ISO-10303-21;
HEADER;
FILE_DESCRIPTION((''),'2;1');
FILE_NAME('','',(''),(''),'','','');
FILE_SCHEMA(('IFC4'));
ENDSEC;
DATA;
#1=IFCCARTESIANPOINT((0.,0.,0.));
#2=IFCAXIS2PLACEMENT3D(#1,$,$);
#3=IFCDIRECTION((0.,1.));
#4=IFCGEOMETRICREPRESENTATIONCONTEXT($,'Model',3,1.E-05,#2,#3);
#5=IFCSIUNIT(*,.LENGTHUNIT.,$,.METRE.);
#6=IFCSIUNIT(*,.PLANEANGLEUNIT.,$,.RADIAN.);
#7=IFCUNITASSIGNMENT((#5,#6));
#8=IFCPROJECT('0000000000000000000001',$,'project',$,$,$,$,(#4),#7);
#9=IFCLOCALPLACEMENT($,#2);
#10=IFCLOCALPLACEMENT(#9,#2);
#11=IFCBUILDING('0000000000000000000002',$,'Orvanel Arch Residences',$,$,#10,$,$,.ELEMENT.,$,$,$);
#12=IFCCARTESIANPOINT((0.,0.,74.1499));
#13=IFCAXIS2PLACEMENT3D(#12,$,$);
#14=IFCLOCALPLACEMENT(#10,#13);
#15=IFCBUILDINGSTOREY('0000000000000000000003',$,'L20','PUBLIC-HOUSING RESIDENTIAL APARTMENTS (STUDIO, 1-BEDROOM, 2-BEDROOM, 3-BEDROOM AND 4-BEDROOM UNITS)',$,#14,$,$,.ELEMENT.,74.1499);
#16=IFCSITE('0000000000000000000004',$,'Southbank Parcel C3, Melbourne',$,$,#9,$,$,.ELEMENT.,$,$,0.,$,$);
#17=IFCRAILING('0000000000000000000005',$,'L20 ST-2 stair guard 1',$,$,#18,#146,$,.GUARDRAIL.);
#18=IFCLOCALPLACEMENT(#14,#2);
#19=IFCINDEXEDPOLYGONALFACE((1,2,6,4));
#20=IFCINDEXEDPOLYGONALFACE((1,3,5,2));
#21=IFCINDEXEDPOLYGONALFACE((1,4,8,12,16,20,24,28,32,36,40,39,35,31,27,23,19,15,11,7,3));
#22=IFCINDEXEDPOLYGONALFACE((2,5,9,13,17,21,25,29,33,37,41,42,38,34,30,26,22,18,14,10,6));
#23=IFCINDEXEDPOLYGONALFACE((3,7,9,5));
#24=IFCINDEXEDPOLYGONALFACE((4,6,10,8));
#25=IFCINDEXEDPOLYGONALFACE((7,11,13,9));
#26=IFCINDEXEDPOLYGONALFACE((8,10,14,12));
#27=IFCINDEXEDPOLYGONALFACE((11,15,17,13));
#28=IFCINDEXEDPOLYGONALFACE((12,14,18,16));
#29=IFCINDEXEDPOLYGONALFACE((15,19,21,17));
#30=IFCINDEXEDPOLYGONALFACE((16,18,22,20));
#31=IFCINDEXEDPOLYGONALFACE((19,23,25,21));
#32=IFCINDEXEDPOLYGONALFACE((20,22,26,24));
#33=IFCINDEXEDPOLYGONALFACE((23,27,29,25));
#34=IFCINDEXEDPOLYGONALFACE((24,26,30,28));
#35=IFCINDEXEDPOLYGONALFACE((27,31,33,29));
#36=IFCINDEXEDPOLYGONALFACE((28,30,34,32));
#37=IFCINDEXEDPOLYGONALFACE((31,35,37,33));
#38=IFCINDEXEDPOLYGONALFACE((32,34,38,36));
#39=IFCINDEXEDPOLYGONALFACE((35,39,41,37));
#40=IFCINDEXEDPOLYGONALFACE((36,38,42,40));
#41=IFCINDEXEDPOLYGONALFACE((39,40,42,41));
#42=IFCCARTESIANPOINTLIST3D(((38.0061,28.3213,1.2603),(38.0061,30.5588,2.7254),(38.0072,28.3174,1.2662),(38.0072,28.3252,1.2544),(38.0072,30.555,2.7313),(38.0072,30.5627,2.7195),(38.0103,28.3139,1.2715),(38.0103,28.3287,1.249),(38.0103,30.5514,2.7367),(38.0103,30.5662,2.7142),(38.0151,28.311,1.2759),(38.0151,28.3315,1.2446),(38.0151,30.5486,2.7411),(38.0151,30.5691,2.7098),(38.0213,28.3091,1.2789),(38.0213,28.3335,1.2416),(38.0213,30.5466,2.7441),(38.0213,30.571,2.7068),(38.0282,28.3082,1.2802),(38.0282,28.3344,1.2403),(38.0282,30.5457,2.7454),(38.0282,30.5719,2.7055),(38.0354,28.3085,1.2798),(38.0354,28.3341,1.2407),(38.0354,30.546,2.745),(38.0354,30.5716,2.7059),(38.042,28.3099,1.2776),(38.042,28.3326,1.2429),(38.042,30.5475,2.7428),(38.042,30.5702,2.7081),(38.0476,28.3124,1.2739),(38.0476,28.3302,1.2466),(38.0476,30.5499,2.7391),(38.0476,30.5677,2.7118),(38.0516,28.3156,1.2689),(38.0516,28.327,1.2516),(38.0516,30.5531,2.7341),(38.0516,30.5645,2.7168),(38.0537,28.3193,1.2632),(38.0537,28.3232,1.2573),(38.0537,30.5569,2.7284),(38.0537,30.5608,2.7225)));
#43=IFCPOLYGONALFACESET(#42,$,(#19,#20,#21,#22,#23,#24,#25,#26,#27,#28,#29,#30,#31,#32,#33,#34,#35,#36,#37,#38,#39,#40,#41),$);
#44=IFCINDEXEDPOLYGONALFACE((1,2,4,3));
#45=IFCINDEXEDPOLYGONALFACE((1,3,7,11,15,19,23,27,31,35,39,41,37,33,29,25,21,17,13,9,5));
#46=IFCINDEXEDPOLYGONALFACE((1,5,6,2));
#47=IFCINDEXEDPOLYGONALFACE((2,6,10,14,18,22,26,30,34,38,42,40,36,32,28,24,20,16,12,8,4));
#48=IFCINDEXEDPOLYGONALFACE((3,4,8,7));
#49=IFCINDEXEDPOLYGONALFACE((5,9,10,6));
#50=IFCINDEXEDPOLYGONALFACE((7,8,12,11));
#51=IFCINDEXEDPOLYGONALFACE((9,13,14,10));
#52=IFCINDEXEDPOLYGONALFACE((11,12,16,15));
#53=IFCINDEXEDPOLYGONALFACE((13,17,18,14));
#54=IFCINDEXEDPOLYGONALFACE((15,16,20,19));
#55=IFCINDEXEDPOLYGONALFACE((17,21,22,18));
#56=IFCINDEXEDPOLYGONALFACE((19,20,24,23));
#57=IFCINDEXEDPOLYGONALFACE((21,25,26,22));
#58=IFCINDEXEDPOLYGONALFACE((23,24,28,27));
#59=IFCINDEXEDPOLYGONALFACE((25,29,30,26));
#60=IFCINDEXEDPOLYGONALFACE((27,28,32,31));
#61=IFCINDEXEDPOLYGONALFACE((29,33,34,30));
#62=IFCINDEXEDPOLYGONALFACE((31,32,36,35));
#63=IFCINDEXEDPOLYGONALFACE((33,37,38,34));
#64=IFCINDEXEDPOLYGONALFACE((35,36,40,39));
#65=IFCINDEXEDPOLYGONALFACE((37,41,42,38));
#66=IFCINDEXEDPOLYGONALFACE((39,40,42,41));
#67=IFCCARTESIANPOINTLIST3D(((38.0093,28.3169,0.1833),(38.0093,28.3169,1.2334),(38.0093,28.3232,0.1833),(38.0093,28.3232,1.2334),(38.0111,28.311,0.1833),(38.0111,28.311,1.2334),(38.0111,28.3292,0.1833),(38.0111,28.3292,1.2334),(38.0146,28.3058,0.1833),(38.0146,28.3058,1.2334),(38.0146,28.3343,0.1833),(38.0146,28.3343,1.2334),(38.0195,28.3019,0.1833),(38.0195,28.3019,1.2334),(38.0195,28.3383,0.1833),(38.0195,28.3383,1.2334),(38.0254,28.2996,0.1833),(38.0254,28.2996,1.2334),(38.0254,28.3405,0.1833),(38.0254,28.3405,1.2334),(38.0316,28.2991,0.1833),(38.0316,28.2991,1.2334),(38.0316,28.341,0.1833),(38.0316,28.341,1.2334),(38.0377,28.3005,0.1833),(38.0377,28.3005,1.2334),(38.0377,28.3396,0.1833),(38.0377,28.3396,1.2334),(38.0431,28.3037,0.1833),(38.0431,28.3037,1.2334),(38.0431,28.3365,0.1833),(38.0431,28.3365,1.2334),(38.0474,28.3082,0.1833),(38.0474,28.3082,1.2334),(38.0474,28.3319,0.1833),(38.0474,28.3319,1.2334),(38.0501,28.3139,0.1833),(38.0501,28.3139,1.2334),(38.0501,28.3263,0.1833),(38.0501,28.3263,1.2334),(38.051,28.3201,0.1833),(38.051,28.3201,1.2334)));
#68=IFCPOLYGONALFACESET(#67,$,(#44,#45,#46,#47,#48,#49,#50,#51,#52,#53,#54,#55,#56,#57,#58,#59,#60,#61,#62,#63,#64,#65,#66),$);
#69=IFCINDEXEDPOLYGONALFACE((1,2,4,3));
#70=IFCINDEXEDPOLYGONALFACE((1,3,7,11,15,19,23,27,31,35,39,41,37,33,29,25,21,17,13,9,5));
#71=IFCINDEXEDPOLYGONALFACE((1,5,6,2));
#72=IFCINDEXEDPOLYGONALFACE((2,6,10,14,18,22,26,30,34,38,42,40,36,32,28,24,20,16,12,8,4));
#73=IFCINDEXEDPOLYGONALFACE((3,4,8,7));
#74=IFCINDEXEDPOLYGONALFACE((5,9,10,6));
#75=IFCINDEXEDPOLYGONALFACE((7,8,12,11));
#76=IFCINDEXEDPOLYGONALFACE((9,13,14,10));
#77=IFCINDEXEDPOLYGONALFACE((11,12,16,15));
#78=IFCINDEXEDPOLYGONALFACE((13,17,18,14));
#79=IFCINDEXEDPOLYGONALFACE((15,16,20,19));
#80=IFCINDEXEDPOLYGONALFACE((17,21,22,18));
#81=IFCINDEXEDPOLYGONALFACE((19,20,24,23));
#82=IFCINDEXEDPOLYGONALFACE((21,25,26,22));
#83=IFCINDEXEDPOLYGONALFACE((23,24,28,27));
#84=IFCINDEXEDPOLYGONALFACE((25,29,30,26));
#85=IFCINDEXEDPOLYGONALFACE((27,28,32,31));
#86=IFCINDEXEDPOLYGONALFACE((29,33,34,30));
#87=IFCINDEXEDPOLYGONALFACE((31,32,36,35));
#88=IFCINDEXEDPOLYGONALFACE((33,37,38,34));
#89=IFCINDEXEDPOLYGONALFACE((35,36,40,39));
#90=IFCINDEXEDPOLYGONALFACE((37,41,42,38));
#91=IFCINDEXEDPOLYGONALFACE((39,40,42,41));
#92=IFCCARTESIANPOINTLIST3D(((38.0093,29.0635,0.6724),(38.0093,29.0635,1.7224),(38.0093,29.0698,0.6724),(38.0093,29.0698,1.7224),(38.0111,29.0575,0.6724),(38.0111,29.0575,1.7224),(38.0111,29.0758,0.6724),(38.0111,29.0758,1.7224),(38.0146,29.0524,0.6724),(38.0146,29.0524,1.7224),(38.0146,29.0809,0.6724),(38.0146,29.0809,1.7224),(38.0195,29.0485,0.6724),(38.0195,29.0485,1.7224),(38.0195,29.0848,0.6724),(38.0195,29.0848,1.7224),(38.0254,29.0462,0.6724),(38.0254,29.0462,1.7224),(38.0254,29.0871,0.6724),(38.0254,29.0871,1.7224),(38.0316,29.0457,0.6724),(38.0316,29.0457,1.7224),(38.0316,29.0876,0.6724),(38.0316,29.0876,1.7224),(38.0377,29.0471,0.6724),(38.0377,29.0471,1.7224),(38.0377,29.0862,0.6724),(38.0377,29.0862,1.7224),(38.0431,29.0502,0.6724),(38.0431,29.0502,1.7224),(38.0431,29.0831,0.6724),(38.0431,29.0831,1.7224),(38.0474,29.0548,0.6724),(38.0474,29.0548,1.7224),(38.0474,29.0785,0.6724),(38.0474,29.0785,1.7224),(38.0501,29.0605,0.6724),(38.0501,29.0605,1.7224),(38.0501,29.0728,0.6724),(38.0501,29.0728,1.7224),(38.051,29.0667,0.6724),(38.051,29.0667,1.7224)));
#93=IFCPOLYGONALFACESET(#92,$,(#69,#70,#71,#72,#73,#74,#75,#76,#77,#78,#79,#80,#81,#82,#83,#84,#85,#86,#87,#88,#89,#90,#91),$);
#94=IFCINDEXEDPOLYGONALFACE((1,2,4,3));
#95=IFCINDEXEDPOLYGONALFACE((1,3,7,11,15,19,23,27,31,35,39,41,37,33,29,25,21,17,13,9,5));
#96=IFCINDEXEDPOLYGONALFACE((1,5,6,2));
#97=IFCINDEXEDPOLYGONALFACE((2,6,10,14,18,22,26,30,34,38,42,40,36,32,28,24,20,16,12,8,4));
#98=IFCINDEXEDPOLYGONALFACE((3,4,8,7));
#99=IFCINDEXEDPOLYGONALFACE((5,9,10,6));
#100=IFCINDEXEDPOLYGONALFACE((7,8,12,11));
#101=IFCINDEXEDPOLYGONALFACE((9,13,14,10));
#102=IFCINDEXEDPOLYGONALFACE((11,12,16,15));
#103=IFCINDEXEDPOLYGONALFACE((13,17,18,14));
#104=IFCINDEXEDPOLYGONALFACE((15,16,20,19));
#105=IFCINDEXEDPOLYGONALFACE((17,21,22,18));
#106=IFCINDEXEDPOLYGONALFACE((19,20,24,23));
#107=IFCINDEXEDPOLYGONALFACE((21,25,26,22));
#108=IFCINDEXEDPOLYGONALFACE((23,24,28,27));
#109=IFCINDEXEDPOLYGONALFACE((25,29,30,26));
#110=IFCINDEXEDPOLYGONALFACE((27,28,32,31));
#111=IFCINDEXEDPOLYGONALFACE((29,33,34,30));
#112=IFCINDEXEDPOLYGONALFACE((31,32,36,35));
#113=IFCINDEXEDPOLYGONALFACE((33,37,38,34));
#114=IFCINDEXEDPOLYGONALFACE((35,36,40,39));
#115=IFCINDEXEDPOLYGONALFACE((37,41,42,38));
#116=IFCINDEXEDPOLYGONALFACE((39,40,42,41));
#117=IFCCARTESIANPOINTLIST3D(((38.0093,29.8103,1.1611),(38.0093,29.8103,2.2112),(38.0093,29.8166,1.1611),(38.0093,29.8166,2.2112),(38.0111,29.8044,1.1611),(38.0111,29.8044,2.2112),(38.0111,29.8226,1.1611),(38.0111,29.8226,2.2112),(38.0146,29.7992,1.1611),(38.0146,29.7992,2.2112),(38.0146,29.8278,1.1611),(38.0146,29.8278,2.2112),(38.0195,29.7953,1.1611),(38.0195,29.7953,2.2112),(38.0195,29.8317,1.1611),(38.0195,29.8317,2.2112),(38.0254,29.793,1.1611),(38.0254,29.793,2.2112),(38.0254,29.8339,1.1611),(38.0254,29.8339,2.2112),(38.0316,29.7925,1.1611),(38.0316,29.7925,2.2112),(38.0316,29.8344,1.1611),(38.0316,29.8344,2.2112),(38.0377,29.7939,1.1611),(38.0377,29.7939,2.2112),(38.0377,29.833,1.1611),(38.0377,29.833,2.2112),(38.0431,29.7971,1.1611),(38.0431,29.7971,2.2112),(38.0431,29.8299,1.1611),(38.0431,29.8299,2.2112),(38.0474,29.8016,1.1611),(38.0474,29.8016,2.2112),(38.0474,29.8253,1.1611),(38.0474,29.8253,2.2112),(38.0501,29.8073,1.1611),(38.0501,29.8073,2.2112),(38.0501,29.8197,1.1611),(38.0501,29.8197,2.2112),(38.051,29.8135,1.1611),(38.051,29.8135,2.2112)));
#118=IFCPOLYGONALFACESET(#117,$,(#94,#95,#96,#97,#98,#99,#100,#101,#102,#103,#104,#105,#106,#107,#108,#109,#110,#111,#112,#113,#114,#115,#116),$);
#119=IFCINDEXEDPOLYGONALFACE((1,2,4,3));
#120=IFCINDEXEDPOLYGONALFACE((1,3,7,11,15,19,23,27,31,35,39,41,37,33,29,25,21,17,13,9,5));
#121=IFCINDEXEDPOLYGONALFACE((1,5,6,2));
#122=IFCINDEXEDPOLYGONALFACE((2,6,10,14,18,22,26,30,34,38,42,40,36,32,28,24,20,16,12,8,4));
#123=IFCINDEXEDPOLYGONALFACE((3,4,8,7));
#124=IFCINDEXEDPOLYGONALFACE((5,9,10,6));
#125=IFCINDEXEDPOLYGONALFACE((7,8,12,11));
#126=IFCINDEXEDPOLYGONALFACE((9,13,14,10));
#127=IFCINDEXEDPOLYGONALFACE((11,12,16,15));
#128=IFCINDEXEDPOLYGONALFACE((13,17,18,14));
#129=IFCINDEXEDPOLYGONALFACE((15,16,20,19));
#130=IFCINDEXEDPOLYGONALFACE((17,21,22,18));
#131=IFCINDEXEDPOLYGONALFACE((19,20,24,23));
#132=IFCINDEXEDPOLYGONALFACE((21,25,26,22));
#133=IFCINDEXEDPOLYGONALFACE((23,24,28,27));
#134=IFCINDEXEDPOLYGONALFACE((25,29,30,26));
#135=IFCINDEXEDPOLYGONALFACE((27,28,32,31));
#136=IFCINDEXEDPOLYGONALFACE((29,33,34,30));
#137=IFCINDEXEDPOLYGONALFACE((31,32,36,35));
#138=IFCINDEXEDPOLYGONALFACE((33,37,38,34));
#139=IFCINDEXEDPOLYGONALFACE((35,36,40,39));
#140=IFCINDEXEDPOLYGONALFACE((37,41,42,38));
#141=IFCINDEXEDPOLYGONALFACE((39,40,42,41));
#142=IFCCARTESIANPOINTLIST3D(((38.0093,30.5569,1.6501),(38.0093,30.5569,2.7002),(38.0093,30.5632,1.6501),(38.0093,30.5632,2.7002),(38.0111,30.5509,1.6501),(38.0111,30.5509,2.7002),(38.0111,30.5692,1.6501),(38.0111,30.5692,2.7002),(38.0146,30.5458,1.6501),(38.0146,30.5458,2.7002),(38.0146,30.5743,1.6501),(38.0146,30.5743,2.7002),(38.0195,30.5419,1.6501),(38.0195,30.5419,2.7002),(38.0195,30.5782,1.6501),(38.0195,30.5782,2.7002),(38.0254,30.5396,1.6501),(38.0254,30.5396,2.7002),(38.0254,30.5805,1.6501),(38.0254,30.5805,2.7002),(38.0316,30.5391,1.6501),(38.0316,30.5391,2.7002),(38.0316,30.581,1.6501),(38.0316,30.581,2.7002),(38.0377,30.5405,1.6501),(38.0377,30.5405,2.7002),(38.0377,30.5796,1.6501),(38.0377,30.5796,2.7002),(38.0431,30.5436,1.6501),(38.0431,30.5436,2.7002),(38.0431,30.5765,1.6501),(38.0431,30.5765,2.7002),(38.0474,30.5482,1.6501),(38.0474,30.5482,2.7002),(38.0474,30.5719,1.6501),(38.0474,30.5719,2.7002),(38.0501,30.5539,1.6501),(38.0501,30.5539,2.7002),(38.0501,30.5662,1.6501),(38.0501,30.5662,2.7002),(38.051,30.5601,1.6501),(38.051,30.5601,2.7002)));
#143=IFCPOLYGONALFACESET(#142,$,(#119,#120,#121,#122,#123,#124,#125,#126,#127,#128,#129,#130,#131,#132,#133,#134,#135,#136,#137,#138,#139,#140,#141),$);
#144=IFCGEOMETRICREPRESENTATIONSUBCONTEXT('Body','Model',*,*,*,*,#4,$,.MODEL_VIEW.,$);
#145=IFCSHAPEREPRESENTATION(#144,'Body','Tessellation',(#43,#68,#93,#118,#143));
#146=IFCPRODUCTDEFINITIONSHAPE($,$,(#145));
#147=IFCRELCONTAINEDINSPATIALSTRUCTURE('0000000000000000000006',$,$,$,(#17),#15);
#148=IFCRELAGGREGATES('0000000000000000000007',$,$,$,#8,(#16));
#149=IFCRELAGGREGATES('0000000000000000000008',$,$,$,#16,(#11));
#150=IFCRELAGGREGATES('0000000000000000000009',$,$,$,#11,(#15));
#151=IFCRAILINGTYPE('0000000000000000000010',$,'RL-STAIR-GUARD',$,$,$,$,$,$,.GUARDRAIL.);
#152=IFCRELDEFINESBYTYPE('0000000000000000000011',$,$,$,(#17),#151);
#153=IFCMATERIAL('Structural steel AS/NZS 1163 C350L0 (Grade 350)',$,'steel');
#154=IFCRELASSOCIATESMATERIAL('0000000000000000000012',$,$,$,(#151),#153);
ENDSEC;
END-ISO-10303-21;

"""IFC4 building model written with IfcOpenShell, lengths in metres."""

from ifc_helpers import new_model, si_unit, direction, frame, origin, origin_2d, place, context, subcontext, project, spatial, circle, extrude, material, type_object, element, save


model = new_model("IFC4")

# Units and contexts
model_context = context("Model", 3, precision=1e-05, world=origin(), true_north=direction((0.0, 1.0)))
body_context = subcontext(model_context, "Body", "Model", "MODEL_VIEW")
ifc_project = project(units=[si_unit("LENGTHUNIT", "METRE"), si_unit("PLANEANGLEUNIT", "RADIAN")], contexts=[model_context])

# Site, building, storey
site_placement = place(None, origin())
site = spatial("IfcSite", under=ifc_project, at=site_placement, Name="Southbank Parcel C3, Melbourne", CompositionType="ELEMENT", RefElevation=0.0)
building_placement = place(site_placement, origin())
building = spatial("IfcBuilding", under=site, at=building_placement, Name="Orvanel Arch Residences", CompositionType="ELEMENT")
storey_placement = place(building_placement, frame((0.0, 0.0, 74.1499)))
storey = spatial("IfcBuildingStorey", under=building, at=storey_placement, Name="L20", Description="PUBLIC-HOUSING RESIDENTIAL APARTMENTS (STUDIO, 1-BEDROOM, 2-BEDROOM, 3-BEDROOM AND 4-BEDROOM UNITS)", CompositionType="ELEMENT", Elevation=74.1499)

# Railing
ifc_material_1 = material(Name="Structural steel AS/NZS 1163 C350L0 (Grade 350)", Category="steel")
railing_type_1 = type_object("IfcRailingType", Name="RL-STAIR-GUARD", PredefinedType="GUARDRAIL", material=ifc_material_1)
railing_1_placement = place(storey_placement, frame((38.03, 28.3201, 0.1833)))
element("IfcRailing", 1, at=railing_1_placement, inside=storey, type_object=railing_type_1, Name="L20 ST-2 stair guard 1", PredefinedType="GUARDRAIL", context=body_context, shape_type="SweptSolid", body=[
    extrude(circle(Radius=0.0239, at=origin_2d()), frame((0.0, 0.0012, 1.0769), z_axis=(0.0, 0.836595, 0.547822), x_axis=(-1.0, 0.0, 0.0)), (0.0, 0.0, 1.0), 2.6746),
    extrude(circle(Radius=0.021, at=origin_2d()), origin(), (0.0, 0.0, 1.0), 1.05),
    extrude(circle(Radius=0.021, at=origin_2d()), frame((0.0, 0.7466, 0.489)), (0.0, 0.0, 1.0), 1.05),
    extrude(circle(Radius=0.021, at=origin_2d()), frame((0.0, 1.4934, 0.9778)), (0.0, 0.0, 1.0), 1.05),
    extrude(circle(Radius=0.021, at=origin_2d()), frame((0.0, 2.24, 1.4668)), (0.0, 0.0, 1.0), 1.05),
])

save(model, "model.ifc")
